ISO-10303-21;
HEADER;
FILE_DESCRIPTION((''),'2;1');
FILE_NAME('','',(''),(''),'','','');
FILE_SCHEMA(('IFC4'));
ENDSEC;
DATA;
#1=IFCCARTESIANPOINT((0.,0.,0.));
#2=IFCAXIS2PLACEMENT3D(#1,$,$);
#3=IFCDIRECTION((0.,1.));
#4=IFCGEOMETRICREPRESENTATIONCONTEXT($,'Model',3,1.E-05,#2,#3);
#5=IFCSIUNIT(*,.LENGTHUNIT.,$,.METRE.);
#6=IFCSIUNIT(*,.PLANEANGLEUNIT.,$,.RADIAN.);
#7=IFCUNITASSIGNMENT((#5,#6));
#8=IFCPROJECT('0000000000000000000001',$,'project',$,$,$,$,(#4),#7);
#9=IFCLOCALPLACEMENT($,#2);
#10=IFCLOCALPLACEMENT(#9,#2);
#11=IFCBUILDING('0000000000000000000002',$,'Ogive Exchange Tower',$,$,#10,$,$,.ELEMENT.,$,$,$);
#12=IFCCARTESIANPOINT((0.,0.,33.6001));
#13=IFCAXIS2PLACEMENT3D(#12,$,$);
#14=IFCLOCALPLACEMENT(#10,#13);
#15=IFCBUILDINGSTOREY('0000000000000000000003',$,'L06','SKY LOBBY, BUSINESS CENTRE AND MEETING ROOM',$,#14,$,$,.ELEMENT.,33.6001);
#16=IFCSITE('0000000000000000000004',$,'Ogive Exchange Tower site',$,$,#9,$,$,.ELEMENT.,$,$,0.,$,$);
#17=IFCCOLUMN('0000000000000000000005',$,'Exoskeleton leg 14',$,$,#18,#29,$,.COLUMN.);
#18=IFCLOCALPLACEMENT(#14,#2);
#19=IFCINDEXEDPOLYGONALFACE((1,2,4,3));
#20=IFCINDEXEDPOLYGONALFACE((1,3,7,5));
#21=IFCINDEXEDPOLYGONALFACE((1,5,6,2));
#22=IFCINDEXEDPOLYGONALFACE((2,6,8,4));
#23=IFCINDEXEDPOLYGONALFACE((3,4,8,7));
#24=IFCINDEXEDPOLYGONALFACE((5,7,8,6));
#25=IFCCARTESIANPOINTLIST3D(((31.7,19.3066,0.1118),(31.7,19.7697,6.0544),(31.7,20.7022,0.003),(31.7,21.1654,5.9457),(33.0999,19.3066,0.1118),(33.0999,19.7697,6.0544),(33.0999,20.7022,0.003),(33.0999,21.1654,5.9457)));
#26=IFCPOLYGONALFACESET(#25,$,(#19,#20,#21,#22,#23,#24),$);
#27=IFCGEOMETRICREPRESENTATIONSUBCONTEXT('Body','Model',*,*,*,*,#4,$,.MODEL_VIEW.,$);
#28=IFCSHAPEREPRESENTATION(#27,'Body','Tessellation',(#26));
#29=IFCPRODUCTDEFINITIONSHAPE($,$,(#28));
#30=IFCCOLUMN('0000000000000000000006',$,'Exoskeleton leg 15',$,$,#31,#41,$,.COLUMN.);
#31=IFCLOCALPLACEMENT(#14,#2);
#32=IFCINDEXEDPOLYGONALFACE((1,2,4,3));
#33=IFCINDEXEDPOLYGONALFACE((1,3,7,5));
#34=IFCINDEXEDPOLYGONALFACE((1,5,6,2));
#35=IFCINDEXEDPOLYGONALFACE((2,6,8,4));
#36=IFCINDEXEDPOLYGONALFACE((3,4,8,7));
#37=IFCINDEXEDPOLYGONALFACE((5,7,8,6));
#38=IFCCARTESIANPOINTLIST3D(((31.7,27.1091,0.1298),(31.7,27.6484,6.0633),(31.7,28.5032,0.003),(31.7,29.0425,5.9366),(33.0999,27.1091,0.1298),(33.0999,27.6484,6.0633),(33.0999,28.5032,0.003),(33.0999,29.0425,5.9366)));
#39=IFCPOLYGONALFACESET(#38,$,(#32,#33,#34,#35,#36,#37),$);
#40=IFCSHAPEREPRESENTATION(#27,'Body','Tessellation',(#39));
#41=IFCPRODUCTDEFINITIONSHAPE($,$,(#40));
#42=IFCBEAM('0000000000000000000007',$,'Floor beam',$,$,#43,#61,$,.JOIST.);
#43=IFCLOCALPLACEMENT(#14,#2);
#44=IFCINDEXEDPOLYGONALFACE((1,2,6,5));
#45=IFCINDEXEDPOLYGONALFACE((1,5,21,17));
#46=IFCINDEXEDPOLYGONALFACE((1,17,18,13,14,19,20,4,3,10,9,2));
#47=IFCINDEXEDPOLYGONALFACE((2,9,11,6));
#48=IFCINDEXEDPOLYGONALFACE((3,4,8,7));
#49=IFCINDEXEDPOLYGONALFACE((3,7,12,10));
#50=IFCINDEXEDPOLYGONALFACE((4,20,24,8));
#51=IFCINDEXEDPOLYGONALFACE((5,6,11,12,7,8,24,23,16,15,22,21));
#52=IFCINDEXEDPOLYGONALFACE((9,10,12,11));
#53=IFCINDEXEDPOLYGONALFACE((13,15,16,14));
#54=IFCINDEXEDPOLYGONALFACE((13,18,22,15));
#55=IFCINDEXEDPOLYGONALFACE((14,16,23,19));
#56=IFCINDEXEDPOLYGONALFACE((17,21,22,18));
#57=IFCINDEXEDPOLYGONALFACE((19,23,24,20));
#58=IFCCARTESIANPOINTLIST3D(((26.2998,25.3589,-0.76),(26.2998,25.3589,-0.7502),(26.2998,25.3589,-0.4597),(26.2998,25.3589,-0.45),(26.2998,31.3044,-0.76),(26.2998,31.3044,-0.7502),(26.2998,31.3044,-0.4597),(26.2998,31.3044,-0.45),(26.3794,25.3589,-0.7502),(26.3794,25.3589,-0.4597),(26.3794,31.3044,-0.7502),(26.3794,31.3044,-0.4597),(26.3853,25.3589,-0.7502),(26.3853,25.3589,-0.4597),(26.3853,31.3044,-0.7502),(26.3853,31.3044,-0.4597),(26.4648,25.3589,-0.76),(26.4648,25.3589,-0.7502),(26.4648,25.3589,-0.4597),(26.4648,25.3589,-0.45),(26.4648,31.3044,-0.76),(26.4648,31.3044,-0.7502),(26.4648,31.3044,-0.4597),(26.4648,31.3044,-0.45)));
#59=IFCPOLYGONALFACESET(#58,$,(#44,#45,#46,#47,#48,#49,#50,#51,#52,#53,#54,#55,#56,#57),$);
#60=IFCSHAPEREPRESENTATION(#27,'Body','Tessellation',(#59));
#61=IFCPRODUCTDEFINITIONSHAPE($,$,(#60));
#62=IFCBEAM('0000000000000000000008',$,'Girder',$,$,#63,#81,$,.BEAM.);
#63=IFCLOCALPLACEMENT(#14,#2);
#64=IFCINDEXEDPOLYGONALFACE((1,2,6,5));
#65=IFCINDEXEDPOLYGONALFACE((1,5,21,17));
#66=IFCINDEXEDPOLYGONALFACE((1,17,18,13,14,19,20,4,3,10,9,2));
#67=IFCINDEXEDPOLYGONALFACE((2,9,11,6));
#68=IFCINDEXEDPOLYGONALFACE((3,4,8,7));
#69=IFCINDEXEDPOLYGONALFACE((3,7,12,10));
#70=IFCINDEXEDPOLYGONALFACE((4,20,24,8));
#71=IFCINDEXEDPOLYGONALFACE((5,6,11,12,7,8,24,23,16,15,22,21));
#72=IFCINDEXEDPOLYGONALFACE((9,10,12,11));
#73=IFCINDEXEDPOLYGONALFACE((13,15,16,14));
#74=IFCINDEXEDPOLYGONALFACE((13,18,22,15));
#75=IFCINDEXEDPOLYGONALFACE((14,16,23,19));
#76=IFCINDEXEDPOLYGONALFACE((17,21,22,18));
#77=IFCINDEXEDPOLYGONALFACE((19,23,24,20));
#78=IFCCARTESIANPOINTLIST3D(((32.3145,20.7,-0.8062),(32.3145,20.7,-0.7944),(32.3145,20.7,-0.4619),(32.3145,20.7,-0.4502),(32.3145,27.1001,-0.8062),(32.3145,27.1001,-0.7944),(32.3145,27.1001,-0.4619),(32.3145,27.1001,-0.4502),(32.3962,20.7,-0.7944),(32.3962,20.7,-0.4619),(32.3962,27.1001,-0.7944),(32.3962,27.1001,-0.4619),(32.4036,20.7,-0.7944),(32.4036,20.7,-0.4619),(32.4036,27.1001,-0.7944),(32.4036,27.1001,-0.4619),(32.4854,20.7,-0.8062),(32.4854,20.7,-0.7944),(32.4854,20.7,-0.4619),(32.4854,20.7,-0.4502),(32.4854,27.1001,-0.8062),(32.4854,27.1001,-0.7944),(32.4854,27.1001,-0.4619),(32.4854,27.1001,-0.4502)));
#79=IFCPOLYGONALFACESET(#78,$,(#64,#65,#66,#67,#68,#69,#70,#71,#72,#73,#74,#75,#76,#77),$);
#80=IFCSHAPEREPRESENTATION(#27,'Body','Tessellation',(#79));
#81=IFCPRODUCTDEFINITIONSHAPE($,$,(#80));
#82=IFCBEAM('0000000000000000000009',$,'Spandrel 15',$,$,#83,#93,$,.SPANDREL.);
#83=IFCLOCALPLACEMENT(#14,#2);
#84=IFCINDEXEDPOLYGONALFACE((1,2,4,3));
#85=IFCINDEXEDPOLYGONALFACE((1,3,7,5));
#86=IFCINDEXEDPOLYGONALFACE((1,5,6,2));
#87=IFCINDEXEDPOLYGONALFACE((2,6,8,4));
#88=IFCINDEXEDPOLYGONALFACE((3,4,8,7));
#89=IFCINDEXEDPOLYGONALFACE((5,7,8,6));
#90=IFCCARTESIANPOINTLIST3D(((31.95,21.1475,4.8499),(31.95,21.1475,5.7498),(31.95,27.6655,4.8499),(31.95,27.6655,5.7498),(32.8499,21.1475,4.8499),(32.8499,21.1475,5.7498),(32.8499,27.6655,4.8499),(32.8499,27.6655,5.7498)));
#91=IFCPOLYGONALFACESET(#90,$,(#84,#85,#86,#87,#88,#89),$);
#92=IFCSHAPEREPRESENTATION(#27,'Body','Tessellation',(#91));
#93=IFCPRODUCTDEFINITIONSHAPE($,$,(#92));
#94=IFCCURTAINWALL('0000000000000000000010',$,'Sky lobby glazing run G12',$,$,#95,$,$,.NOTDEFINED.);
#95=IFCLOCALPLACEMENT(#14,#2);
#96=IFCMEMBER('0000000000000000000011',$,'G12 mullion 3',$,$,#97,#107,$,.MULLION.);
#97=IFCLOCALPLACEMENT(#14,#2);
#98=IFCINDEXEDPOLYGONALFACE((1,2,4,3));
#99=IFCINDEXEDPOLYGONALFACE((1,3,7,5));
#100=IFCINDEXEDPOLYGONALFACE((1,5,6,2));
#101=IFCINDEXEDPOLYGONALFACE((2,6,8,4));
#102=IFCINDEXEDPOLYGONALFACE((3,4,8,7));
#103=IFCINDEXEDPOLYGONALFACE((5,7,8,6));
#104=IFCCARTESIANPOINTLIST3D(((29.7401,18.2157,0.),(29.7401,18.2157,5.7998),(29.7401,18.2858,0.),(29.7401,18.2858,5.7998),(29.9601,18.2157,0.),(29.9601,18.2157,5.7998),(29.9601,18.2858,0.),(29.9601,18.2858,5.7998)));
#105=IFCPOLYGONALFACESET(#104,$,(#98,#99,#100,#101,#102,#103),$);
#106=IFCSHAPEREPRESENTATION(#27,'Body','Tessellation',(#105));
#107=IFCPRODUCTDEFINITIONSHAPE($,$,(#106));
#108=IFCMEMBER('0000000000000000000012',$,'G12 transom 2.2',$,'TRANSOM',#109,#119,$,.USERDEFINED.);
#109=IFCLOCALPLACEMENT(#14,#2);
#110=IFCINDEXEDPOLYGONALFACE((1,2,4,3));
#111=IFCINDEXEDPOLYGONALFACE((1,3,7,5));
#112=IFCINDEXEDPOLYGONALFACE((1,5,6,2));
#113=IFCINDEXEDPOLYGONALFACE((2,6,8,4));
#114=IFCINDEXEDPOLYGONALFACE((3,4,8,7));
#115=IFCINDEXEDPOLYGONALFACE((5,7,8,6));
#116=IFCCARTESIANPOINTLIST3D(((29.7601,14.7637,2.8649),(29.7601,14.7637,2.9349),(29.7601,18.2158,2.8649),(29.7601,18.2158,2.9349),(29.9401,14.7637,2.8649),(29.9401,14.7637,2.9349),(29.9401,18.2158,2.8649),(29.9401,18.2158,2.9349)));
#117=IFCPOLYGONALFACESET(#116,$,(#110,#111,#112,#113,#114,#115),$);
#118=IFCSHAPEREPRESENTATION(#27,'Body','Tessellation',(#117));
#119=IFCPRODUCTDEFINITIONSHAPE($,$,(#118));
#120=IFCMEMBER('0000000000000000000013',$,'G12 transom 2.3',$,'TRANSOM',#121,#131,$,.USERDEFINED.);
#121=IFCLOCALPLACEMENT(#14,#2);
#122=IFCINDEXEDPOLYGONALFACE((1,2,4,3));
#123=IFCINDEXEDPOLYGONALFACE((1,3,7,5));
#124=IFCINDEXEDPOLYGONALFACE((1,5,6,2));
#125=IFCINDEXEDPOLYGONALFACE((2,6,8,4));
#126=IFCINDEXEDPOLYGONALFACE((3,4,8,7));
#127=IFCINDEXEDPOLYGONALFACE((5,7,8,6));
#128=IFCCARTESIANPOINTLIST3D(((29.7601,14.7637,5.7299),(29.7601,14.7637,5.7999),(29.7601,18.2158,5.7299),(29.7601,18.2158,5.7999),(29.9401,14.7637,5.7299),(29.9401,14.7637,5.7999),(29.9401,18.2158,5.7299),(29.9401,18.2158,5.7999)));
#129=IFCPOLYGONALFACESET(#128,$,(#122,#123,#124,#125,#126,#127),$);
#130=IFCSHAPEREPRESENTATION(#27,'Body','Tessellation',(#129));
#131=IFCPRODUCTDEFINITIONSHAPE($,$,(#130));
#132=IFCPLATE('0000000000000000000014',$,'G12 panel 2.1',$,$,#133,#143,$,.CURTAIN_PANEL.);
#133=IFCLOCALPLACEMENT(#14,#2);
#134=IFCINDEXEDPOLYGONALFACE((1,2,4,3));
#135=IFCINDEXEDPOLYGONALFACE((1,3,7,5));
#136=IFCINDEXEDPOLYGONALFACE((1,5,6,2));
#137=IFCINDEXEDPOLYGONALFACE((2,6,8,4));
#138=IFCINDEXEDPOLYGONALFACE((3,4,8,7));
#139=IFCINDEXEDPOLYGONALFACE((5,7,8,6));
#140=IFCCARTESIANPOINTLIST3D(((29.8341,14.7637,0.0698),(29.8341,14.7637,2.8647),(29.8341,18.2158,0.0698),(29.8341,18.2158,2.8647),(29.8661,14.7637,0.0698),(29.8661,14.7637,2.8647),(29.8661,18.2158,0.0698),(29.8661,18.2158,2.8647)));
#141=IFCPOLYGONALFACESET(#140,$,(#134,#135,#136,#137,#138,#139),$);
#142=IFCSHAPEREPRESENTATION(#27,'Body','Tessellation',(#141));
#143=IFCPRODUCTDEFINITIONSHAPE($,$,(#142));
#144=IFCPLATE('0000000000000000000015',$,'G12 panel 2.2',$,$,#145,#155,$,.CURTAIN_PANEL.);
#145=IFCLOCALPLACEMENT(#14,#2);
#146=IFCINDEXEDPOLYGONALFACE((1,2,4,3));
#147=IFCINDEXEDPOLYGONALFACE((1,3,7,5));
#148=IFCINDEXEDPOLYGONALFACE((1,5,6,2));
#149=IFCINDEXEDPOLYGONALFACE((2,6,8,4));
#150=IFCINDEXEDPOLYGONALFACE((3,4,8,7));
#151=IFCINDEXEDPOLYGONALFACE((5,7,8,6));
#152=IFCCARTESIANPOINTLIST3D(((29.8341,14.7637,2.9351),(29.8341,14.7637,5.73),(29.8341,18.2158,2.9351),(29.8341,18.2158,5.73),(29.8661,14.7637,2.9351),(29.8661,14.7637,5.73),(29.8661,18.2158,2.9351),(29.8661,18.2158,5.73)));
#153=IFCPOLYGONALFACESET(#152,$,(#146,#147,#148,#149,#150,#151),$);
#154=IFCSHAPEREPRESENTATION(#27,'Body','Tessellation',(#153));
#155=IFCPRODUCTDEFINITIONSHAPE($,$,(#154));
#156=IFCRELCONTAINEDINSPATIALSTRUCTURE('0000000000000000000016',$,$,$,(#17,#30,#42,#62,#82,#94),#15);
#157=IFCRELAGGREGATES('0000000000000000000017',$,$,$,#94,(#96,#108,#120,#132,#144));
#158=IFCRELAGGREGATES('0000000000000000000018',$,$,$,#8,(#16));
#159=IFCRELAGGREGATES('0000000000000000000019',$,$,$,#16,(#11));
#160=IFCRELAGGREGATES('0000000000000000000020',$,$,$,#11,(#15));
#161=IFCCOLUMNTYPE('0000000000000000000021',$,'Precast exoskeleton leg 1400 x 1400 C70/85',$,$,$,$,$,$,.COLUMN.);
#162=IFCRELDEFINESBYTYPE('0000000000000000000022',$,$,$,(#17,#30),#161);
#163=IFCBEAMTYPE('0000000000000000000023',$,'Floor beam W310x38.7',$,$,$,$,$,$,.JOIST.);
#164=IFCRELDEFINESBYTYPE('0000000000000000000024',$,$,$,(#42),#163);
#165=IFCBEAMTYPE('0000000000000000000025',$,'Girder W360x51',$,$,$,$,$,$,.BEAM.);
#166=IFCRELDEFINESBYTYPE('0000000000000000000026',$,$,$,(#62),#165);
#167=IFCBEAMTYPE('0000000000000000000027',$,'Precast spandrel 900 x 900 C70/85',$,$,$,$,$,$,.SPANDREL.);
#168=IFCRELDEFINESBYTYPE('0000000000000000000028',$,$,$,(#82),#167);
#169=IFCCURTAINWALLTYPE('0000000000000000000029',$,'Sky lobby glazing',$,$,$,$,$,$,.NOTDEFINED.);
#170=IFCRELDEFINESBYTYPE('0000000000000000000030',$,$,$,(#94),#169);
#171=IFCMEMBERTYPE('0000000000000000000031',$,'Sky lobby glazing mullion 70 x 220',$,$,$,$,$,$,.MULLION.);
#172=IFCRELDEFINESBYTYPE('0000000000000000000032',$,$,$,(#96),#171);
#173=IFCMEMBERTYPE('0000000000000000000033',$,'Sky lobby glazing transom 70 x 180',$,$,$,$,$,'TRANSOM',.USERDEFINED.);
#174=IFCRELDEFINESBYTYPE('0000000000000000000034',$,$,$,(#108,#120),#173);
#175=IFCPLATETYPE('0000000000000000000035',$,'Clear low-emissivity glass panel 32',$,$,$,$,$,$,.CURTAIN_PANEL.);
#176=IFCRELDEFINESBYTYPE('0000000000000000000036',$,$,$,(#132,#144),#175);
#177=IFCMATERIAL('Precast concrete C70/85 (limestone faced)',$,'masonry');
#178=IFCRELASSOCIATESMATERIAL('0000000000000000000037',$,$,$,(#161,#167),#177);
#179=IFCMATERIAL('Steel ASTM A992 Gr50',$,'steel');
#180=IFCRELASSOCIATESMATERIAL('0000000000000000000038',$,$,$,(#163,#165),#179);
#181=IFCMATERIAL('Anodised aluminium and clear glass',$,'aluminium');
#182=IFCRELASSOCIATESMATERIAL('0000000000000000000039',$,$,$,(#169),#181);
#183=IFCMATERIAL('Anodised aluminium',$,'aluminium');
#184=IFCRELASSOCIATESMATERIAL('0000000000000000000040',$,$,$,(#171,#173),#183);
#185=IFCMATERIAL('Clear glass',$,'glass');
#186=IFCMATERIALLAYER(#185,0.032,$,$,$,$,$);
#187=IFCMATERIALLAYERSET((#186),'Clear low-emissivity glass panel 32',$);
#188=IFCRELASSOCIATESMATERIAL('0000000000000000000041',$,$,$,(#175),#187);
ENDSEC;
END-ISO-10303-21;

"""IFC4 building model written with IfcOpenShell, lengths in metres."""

from ifc_helpers import new_model, si_unit, direction, frame, origin, origin_2d, place, context, subcontext, project, spatial, rectangle, i_section, extrude, material, layer, layer_set, material_profile, profile_set, type_object, element, aggregate, save


model = new_model("IFC4")

# Units and contexts
model_context = context("Model", 3, precision=1e-05, world=origin(), true_north=direction((0.0, 1.0)))
body_context = subcontext(model_context, "Body", "Model", "MODEL_VIEW")
ifc_project = project(units=[si_unit("LENGTHUNIT", "METRE"), si_unit("PLANEANGLEUNIT", "RADIAN")], contexts=[model_context])

# Site, building, storey
site_placement = place(None, origin())
site = spatial("IfcSite", under=ifc_project, at=site_placement, Name="Ogive Exchange Tower site", CompositionType="ELEMENT", RefElevation=0.0)
building_placement = place(site_placement, origin())
building = spatial("IfcBuilding", under=site, at=building_placement, Name="Ogive Exchange Tower", CompositionType="ELEMENT")
storey_placement = place(building_placement, frame((0.0, 0.0, 33.6001)))
storey = spatial("IfcBuildingStorey", under=building, at=storey_placement, Name="L06", Description="SKY LOBBY, BUSINESS CENTRE AND MEETING ROOM", CompositionType="ELEMENT", Elevation=33.6001)

# Columns
ifc_material_1 = material(Name="Precast concrete C70/85 (limestone faced)", Category="masonry")
ifc_material_profile_1 = material_profile(ifc_material_1, rectangle(XDim=1.3999, YDim=1.3999, at=origin_2d()), Name="1400 x 1400")
ifc_profile_set_1 = profile_set([ifc_material_profile_1], Name="Precast concrete C70/85 (limestone faced)")
column_type = type_object("IfcColumnType", Name="Precast exoskeleton leg 1400 x 1400 C70/85", PredefinedType="COLUMN", material=ifc_profile_set_1)
column_1_placement = place(storey_placement, frame((32.3999, 20.0044, 0.0574), z_axis=(0.0, 0.077699, 0.996977), x_axis=(-1.0, 0.0, 0.0)))
element("IfcColumn", 1, at=column_1_placement, inside=storey, type_object=column_type, Name="Exoskeleton leg 14", PredefinedType="COLUMN", context=body_context, shape_type="SweptSolid", body=[
    extrude(rectangle(XDim=1.3999, YDim=1.3999, at=origin_2d()), origin(), (0.0, 0.0, 1.0), 5.9607),
])
column_2_placement = place(storey_placement, frame((32.3999, 27.8062, 0.0664), z_axis=(0.0, 0.090517, 0.995895), x_axis=(-1.0, 0.0, 0.0)))
element("IfcColumn", 2, at=column_2_placement, inside=storey, type_object=column_type, Name="Exoskeleton leg 15", PredefinedType="COLUMN", context=body_context, shape_type="SweptSolid", body=[
    extrude(rectangle(XDim=1.3999, YDim=1.3999, at=origin_2d()), origin(), (0.0, 0.0, 1.0), 5.958),
])

# Beams
ifc_material_2 = material(Name="Steel ASTM A992 Gr50", Category="steel")
ifc_material_profile_2 = material_profile(ifc_material_2, i_section(OverallWidth=0.165, OverallDepth=0.3101, WebThickness=0.0059, FlangeThickness=0.0098, at=origin_2d()), Name="W310x38.7")
ifc_profile_set_2 = profile_set([ifc_material_profile_2], Name="Steel ASTM A992 Gr50")
beam_type_1 = type_object("IfcBeamType", Name="Floor beam W310x38.7", PredefinedType="JOIST", material=ifc_profile_set_2)
beam_1_placement = place(storey_placement, frame((26.3823, 25.3589, -0.605), z_axis=(0.0, 1.0, 0.0), x_axis=(-1.0, 0.0, 0.0)))
element("IfcBeam", 3, at=beam_1_placement, inside=storey, type_object=beam_type_1, Name="Floor beam", PredefinedType="JOIST", context=body_context, shape_type="SweptSolid", body=[
    extrude(i_section(OverallWidth=0.165, OverallDepth=0.3101, WebThickness=0.0059, FlangeThickness=0.0098, at=origin_2d()), origin(), (0.0, 0.0, 1.0), 5.9456),
])
ifc_material_profile_3 = material_profile(ifc_material_2, i_section(OverallWidth=0.1709, OverallDepth=0.356, WebThickness=0.0073, FlangeThickness=0.0117, at=origin_2d()), Name="W360x51")
ifc_profile_set_3 = profile_set([ifc_material_profile_3], Name="Steel ASTM A992 Gr50")
beam_type_2 = type_object("IfcBeamType", Name="Girder W360x51", PredefinedType="BEAM", material=ifc_profile_set_3)
beam_2_placement = place(storey_placement, frame((32.3999, 20.7, -0.6282), z_axis=(0.0, 1.0, 0.0), x_axis=(-1.0, 0.0, 0.0)))
element("IfcBeam", 4, at=beam_2_placement, inside=storey, type_object=beam_type_2, Name="Girder", PredefinedType="BEAM", context=body_context, shape_type="SweptSolid", body=[
    extrude(i_section(OverallWidth=0.1709, OverallDepth=0.356, WebThickness=0.0073, FlangeThickness=0.0117, at=origin_2d()), origin(), (0.0, 0.0, 1.0), 6.4001),
])
ifc_material_profile_4 = material_profile(ifc_material_1, rectangle(XDim=0.8999, YDim=0.8999, at=origin_2d()), Name="900 x 900")
ifc_profile_set_4 = profile_set([ifc_material_profile_4], Name="Precast concrete C70/85 (limestone faced)")
beam_type_3 = type_object("IfcBeamType", Name="Precast spandrel 900 x 900 C70/85", PredefinedType="SPANDREL", material=ifc_profile_set_4)
beam_3_placement = place(storey_placement, frame((32.3999, 21.1475, 5.2998), z_axis=(0.0, 1.0, 0.0), x_axis=(-1.0, 0.0, 0.0)))
element("IfcBeam", 5, at=beam_3_placement, inside=storey, type_object=beam_type_3, Name="Spandrel 15", PredefinedType="SPANDREL", context=body_context, shape_type="SweptSolid", body=[
    extrude(rectangle(XDim=0.8999, YDim=0.8999, at=origin_2d()), origin(), (0.0, 0.0, 1.0), 6.5181),
])

# Curtain wall, members, plates
ifc_material_3 = material(Name="Anodised aluminium and clear glass", Category="aluminium")
curtain_wall_type = type_object("IfcCurtainWallType", Name="Sky lobby glazing", PredefinedType="NOTDEFINED", material=ifc_material_3)
curtain_wall_placement = place(storey_placement, origin())
curtain_wall = element("IfcCurtainWall", 6, at=curtain_wall_placement, inside=storey, type_object=curtain_wall_type, Name="Sky lobby glazing run G12", PredefinedType="NOTDEFINED")
ifc_material_4 = material(Name="Anodised aluminium", Category="aluminium")
ifc_material_profile_5 = material_profile(ifc_material_4, rectangle(XDim=0.22, YDim=0.0701, at=origin_2d()), Name="AL 70x220")
ifc_profile_set_5 = profile_set([ifc_material_profile_5], Name="Anodised aluminium")
member_type_1 = type_object("IfcMemberType", Name="Sky lobby glazing mullion 70 x 220", PredefinedType="MULLION", material=ifc_profile_set_5)
member_1_placement = place(storey_placement, frame((29.8501, 18.2507, 0.0), z_axis=(0.0, 0.0, 1.0), x_axis=(-1.0, 0.0, 0.0)))
member_1 = element("IfcMember", 7, at=member_1_placement, type_object=member_type_1, Name="G12 mullion 3", PredefinedType="MULLION", context=body_context, shape_type="SweptSolid", body=[
    extrude(rectangle(XDim=0.22, YDim=0.0701, at=origin_2d()), origin(), (0.0, 0.0, 1.0), 5.7998),
])
ifc_material_profile_6 = material_profile(ifc_material_4, rectangle(XDim=0.1799, YDim=0.0701, at=origin_2d()), Name="AL 70x180")
ifc_profile_set_6 = profile_set([ifc_material_profile_6], Name="Anodised aluminium")
member_type_2 = type_object("IfcMemberType", Name="Sky lobby glazing transom 70 x 180", ElementType="TRANSOM", PredefinedType="USERDEFINED", material=ifc_profile_set_6)
member_2_placement = place(storey_placement, frame((29.8501, 14.7637, 2.8999), z_axis=(0.0, 1.0, 0.0), x_axis=(-1.0, 0.0, 0.0)))
member_2 = element("IfcMember", 8, at=member_2_placement, type_object=member_type_2, Name="G12 transom 2.2", ObjectType="TRANSOM", PredefinedType="USERDEFINED", context=body_context, shape_type="SweptSolid", body=[
    extrude(rectangle(XDim=0.1799, YDim=0.0701, at=origin_2d()), origin(), (0.0, 0.0, 1.0), 3.4521),
])
member_3_placement = place(storey_placement, frame((29.8501, 14.7637, 5.7649), z_axis=(0.0, 1.0, 0.0), x_axis=(-1.0, 0.0, 0.0)))
member_3 = element("IfcMember", 9, at=member_3_placement, type_object=member_type_2, Name="G12 transom 2.3", ObjectType="TRANSOM", PredefinedType="USERDEFINED", context=body_context, shape_type="SweptSolid", body=[
    extrude(rectangle(XDim=0.1799, YDim=0.0701, at=origin_2d()), origin(), (0.0, 0.0, 1.0), 3.4521),
])
ifc_material_5 = material(Name="Clear glass", Category="glass")
ifc_layer_1 = layer(ifc_material_5, 0.032)
ifc_layer_set_1 = layer_set([ifc_layer_1], Name="Clear low-emissivity glass panel 32")
plate_type = type_object("IfcPlateType", Name="Clear low-emissivity glass panel 32", PredefinedType="CURTAIN_PANEL", material=ifc_layer_set_1)
plate_1_placement = place(storey_placement, frame((29.8501, 16.4897, 0.0698), z_axis=(0.0, 0.0, 1.0), x_axis=(0.0, 1.0, 0.0)))
plate_1 = element("IfcPlate", 10, at=plate_1_placement, type_object=plate_type, Name="G12 panel 2.1", PredefinedType="CURTAIN_PANEL", context=body_context, shape_type="SweptSolid", body=[
    extrude(rectangle(XDim=3.4521, YDim=0.032, at=origin_2d()), origin(), (0.0, 0.0, 1.0), 2.7949),
])
plate_2_placement = place(storey_placement, frame((29.8501, 16.4897, 2.9351), z_axis=(0.0, 0.0, 1.0), x_axis=(0.0, 1.0, 0.0)))
plate_2 = element("IfcPlate", 11, at=plate_2_placement, type_object=plate_type, Name="G12 panel 2.2", PredefinedType="CURTAIN_PANEL", context=body_context, shape_type="SweptSolid", body=[
    extrude(rectangle(XDim=3.4521, YDim=0.032, at=origin_2d()), origin(), (0.0, 0.0, 1.0), 2.7949),
])
aggregate(curtain_wall, [member_1, member_2, member_3, plate_1, plate_2])

save(model, "model.ifc")
